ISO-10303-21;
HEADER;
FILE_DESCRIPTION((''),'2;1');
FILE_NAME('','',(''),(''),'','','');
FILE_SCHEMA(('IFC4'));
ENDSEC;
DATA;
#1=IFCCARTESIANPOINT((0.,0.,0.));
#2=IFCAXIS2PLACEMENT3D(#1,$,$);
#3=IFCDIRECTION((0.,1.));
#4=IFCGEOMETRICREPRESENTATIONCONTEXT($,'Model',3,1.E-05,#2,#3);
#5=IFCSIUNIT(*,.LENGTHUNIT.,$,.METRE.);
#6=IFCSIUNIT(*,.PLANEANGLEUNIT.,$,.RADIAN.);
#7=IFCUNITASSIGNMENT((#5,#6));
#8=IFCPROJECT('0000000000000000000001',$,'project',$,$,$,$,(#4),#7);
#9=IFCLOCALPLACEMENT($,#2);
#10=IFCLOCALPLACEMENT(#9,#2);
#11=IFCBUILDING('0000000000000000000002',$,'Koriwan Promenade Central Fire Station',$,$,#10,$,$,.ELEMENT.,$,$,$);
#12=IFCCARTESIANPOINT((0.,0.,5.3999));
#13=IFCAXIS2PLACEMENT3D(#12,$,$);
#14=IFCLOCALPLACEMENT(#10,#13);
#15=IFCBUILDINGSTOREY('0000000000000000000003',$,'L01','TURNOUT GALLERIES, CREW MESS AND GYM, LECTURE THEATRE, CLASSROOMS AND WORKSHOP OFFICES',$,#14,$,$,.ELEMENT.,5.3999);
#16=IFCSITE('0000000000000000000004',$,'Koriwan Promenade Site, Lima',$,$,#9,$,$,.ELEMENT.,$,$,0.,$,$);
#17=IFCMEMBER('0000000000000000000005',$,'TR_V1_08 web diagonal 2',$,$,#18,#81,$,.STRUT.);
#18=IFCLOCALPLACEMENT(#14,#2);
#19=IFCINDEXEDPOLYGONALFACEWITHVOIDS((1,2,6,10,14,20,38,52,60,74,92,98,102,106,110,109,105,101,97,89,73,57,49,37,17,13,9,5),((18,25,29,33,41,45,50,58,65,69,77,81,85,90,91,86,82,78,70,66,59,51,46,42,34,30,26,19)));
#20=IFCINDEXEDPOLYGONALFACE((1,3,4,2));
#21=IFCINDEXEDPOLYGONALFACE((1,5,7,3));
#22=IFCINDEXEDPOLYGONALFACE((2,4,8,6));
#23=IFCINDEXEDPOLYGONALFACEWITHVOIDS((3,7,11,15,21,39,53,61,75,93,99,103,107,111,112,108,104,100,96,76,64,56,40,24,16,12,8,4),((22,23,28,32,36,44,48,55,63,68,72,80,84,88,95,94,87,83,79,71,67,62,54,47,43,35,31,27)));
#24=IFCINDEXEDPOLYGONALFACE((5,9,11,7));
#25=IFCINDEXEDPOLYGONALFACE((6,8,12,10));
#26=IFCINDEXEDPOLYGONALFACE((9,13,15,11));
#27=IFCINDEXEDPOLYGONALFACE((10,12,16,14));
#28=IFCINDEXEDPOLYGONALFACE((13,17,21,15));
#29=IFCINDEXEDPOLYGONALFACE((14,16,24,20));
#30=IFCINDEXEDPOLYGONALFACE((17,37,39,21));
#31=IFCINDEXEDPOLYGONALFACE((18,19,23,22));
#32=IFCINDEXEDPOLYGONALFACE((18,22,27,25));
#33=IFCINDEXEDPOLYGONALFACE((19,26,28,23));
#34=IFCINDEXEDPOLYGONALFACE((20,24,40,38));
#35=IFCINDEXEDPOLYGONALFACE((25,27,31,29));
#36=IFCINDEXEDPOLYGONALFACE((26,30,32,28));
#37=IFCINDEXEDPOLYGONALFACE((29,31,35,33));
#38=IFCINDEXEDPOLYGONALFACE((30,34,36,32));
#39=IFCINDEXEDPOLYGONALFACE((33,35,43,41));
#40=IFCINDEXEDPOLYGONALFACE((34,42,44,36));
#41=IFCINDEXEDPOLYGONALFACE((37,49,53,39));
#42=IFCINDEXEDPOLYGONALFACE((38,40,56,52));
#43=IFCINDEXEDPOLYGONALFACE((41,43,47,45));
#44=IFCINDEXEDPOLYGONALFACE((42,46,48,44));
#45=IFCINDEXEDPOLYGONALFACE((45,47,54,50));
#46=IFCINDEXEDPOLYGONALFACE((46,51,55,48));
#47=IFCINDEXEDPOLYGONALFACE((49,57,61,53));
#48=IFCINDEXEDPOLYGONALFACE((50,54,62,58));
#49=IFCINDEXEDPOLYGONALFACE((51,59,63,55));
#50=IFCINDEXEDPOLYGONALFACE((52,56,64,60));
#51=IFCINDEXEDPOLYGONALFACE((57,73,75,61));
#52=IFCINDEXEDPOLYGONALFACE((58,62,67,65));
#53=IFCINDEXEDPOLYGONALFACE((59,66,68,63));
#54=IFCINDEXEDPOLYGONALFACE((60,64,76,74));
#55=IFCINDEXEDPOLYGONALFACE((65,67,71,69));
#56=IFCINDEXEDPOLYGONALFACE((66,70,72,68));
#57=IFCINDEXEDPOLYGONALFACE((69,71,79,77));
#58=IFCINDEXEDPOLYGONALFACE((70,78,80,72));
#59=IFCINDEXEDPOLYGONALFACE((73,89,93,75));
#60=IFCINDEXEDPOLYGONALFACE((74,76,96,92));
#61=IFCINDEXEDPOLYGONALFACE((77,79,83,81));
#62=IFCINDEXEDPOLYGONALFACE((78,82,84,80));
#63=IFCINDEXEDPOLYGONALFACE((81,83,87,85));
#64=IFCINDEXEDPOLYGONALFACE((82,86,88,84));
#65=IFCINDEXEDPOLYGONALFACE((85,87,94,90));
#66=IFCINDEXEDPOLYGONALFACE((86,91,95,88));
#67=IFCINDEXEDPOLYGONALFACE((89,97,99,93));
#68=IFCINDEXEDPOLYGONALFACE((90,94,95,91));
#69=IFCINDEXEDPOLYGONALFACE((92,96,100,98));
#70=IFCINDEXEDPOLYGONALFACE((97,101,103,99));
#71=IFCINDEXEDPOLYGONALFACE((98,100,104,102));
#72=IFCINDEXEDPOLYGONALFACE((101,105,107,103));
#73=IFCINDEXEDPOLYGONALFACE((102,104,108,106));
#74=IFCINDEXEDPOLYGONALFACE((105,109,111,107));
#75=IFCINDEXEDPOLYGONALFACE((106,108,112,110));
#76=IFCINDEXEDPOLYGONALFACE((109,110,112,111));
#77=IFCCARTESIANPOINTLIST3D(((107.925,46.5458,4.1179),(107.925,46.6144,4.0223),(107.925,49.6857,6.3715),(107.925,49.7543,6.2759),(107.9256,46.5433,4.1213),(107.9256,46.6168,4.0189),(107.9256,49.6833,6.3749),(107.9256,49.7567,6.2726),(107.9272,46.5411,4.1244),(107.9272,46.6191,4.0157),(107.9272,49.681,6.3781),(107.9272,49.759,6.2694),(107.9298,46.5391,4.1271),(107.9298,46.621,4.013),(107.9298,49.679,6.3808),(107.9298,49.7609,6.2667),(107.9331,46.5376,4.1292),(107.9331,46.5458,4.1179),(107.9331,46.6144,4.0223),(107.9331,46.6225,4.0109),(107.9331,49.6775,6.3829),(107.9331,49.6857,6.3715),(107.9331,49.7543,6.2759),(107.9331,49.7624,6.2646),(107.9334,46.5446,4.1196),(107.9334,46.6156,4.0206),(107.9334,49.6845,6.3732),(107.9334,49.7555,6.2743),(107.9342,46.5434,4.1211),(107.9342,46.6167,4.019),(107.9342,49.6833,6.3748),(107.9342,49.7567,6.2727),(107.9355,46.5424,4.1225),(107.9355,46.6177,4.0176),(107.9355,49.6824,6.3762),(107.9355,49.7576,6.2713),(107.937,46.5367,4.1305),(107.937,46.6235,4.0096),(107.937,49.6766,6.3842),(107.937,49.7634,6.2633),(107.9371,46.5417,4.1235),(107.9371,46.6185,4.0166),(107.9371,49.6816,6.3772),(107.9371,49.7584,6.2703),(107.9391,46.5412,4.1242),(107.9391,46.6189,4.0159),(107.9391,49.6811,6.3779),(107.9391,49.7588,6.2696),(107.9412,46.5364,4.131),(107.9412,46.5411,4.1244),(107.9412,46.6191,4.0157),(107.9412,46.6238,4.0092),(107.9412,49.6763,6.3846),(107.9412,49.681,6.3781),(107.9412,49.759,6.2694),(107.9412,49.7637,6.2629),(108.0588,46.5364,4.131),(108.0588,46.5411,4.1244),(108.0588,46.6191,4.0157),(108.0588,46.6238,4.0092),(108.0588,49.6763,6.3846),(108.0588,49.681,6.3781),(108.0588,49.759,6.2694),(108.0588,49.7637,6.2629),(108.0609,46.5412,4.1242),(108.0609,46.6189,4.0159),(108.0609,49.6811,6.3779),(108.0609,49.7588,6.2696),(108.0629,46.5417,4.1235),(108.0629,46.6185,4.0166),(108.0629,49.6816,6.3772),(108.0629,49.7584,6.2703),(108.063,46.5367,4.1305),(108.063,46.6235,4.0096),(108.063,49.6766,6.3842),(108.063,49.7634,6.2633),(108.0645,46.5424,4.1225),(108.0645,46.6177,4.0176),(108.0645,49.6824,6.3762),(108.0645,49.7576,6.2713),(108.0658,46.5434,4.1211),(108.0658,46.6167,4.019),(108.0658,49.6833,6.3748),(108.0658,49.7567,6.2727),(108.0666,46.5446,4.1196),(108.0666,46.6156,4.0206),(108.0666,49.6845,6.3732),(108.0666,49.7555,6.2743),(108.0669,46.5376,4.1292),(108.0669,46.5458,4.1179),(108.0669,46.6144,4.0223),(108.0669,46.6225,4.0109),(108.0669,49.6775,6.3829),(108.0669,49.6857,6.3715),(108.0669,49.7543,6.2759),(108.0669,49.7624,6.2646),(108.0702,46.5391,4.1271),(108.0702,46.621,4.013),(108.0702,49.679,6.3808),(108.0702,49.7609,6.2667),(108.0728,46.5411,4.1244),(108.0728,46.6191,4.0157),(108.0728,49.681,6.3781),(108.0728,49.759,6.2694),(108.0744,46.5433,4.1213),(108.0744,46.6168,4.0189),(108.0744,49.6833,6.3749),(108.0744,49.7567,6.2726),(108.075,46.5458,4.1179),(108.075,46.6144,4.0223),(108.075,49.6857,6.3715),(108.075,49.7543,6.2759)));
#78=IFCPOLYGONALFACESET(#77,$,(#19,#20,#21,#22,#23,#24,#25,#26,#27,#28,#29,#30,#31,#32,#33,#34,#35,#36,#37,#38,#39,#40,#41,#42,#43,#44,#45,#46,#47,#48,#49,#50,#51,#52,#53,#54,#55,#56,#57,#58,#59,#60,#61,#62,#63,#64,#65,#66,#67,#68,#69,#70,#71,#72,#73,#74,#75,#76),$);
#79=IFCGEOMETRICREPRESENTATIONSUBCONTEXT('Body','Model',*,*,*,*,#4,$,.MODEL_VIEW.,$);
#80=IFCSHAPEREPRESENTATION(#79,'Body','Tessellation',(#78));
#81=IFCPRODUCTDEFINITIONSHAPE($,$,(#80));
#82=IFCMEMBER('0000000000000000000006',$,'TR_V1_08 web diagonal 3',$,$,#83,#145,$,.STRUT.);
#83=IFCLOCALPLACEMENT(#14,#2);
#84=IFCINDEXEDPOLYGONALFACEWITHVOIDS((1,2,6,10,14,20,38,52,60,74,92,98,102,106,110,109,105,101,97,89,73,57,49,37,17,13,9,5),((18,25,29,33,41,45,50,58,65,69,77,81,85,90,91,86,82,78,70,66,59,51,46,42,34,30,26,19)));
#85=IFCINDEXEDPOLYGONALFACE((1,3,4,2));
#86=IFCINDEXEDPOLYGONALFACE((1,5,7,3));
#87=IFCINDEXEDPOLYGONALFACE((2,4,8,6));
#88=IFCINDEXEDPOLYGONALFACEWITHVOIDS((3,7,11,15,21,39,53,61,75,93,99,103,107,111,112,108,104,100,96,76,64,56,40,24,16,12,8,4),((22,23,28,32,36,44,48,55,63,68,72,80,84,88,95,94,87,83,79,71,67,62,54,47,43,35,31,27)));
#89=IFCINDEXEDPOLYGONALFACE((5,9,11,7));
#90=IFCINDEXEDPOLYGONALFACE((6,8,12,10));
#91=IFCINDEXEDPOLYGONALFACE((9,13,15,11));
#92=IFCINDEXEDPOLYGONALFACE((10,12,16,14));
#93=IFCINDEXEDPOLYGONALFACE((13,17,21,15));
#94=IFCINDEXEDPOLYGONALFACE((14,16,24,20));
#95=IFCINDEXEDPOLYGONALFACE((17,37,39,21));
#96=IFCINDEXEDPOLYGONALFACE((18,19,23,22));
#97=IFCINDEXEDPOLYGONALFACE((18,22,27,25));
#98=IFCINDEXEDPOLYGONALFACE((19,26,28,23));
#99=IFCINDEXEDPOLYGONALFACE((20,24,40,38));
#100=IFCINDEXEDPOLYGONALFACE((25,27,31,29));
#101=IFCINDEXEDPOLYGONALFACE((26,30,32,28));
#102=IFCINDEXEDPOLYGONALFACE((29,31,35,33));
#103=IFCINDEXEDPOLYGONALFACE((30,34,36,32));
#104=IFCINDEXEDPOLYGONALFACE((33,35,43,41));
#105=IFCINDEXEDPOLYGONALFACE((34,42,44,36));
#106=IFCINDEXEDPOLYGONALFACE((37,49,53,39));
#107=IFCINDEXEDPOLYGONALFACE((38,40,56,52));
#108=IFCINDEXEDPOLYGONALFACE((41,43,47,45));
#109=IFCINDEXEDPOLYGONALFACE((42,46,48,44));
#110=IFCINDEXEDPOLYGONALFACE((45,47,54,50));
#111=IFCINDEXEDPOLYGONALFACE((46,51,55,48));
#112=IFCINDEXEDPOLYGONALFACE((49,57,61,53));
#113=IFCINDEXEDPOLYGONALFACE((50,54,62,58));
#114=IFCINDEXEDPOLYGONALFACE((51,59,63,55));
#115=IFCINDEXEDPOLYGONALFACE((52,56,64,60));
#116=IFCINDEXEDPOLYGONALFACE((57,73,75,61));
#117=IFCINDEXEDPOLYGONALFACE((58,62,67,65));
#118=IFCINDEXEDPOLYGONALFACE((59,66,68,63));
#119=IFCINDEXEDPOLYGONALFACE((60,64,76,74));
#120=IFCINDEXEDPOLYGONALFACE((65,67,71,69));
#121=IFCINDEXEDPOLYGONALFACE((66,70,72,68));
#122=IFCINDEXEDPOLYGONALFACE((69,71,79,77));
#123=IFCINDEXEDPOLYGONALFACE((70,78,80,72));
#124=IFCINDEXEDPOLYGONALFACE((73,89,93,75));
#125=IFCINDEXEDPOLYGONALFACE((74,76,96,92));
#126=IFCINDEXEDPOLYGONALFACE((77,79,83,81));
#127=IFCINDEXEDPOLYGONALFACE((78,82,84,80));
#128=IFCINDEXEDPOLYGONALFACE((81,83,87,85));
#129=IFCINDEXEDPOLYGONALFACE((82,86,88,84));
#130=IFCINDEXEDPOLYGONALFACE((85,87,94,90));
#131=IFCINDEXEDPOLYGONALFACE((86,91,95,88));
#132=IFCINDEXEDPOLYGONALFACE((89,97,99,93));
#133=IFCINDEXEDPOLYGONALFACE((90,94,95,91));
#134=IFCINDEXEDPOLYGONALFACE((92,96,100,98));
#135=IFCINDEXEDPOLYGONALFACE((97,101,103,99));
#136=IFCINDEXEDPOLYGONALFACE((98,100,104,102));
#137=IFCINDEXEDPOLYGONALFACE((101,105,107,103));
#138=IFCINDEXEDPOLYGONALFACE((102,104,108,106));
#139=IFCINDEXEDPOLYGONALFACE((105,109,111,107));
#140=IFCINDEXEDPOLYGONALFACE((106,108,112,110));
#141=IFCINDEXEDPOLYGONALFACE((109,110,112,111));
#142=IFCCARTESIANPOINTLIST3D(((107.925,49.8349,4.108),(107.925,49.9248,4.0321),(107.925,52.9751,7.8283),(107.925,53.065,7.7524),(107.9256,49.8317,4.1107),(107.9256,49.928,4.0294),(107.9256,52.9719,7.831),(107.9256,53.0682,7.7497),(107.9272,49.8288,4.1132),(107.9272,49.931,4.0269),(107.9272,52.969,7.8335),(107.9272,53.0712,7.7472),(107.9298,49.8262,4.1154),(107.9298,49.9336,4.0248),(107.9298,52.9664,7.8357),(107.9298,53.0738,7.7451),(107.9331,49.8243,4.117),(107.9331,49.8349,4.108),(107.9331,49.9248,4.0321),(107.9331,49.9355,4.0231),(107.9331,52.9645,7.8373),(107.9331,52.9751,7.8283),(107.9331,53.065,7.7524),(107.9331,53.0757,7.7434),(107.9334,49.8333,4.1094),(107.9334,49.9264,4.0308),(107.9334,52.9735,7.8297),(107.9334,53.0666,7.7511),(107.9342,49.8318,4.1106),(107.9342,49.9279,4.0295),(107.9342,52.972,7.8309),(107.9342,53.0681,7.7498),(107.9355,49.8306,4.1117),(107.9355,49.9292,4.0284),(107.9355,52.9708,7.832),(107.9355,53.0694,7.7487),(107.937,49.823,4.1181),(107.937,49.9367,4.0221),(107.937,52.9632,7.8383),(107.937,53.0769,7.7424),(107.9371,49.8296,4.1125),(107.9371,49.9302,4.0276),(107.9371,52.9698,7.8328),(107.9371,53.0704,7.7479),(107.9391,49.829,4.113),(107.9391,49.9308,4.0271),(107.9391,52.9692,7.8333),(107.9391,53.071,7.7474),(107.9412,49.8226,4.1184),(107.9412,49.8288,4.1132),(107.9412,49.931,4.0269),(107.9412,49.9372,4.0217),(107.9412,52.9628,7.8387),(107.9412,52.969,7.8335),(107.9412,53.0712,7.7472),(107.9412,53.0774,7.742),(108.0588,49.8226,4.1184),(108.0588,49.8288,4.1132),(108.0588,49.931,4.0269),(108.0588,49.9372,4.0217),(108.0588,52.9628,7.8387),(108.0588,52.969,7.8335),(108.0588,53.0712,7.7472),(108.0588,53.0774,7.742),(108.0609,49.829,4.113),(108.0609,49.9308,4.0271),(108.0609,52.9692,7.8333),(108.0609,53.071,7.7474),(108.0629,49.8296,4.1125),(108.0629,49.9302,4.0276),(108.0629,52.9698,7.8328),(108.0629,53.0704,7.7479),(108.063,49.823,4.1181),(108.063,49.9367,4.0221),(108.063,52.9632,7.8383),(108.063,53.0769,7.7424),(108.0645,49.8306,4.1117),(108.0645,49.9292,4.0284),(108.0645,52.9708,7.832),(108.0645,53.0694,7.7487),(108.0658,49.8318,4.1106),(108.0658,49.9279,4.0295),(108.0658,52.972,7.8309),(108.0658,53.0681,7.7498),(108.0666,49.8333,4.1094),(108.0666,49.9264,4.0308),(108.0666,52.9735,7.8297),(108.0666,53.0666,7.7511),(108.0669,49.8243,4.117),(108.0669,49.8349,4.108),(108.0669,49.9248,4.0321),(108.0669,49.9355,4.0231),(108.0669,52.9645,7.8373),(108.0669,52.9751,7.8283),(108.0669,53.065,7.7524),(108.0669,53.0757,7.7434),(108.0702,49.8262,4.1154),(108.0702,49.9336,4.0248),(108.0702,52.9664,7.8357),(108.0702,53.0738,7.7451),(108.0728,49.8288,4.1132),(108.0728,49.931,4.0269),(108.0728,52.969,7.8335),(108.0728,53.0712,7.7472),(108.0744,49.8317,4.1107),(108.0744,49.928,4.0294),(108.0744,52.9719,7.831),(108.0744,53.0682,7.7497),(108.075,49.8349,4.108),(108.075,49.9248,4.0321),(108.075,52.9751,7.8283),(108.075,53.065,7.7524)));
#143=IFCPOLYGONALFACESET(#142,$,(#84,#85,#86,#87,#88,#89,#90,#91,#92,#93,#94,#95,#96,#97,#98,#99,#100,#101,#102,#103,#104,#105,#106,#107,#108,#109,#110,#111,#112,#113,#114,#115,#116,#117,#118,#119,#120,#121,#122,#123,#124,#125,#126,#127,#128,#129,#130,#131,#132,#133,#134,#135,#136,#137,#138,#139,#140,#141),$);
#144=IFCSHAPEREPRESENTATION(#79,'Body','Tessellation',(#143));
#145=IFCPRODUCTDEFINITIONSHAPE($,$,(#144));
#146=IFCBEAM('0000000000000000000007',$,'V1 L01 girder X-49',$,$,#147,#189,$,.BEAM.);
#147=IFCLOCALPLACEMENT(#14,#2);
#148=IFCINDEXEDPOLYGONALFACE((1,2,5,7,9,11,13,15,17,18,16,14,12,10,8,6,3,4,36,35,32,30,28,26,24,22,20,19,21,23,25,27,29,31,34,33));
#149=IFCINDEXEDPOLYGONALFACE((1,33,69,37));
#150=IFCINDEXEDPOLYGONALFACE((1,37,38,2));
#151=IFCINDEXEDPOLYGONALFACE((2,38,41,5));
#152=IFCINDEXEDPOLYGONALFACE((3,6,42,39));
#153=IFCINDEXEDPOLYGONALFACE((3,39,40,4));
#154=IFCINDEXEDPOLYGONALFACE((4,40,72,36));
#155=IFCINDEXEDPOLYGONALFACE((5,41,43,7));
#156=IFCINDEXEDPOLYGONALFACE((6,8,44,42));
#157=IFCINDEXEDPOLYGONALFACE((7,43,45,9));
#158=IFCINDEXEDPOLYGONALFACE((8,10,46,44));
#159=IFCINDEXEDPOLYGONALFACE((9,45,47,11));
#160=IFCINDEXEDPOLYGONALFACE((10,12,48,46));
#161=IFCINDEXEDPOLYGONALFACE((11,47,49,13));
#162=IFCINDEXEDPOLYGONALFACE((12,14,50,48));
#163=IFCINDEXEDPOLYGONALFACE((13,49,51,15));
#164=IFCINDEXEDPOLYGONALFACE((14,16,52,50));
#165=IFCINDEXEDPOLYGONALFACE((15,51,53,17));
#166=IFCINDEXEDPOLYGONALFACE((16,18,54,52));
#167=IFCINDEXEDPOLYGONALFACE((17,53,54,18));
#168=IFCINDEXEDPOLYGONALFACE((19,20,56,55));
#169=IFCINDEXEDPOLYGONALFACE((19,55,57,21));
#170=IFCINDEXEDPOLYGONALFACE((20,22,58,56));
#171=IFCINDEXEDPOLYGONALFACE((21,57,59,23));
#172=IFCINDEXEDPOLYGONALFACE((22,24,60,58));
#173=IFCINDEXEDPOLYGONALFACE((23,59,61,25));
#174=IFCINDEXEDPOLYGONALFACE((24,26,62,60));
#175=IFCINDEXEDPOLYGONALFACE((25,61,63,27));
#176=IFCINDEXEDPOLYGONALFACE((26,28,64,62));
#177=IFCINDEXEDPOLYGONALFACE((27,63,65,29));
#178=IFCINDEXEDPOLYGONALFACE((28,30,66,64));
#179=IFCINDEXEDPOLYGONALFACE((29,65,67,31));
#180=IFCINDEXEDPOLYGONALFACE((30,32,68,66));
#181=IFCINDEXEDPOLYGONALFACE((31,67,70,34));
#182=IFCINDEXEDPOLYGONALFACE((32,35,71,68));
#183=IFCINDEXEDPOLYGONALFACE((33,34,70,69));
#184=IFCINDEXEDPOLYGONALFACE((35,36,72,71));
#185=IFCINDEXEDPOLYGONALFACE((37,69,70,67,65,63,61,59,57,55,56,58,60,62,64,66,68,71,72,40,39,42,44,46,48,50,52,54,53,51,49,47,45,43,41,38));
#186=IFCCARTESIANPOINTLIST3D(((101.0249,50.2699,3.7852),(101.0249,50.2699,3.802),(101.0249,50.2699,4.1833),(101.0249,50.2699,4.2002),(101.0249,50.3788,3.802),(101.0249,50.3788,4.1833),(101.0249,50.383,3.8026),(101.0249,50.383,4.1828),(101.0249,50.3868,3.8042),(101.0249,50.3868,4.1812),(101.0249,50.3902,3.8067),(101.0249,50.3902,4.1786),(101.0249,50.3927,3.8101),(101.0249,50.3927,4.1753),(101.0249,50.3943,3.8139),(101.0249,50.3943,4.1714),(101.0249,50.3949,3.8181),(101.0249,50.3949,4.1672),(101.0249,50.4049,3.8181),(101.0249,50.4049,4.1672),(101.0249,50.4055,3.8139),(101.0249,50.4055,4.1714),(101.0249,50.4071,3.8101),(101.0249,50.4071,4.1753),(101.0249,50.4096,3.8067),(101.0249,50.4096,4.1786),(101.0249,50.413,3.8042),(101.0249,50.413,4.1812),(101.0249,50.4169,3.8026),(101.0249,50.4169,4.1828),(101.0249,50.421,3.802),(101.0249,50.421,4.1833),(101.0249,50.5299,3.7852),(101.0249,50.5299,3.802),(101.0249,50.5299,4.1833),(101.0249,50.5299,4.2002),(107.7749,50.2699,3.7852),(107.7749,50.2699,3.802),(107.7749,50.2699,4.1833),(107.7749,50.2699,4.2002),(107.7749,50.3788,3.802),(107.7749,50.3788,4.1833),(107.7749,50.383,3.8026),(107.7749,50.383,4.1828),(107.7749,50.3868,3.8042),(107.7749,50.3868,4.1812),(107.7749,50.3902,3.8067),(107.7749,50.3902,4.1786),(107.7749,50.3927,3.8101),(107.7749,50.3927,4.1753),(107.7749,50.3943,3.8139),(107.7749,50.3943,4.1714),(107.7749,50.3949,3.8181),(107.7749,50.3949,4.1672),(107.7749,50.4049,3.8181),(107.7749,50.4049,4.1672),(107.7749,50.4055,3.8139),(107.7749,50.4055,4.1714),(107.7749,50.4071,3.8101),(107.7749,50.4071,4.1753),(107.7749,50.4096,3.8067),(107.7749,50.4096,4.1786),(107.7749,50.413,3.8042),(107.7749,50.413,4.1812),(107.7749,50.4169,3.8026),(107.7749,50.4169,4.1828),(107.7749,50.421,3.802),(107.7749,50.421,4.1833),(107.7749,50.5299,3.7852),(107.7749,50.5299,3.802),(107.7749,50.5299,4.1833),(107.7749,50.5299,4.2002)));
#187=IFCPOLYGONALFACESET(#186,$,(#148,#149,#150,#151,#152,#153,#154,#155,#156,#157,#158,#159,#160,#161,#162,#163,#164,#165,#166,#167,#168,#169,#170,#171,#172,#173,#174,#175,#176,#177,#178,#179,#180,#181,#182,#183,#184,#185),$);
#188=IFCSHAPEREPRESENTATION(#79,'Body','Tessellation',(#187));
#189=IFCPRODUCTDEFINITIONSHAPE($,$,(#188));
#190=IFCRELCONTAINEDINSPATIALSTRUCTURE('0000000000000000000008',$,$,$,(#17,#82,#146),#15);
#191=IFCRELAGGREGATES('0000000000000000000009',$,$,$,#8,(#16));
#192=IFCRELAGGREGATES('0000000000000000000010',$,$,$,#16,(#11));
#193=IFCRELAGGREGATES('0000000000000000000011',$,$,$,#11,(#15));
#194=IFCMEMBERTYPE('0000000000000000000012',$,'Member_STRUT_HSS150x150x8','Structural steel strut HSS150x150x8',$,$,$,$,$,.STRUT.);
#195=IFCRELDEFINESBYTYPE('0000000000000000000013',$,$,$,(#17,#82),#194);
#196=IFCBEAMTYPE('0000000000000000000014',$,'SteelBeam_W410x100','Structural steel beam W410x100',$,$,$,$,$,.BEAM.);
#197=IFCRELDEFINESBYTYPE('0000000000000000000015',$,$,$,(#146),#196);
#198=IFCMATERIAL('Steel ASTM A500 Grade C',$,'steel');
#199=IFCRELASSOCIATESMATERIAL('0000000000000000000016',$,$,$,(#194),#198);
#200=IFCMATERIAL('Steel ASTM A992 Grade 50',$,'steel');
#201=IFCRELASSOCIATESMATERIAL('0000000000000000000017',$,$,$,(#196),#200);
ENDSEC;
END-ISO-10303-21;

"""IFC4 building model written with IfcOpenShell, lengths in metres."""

from ifc_helpers import new_model, si_unit, direction, frame, origin, origin_2d, place, context, subcontext, project, spatial, hollow_rectangle, i_section, extrude, material, material_profile, profile_set, type_object, element, save


model = new_model("IFC4")

# Units and contexts
model_context = context("Model", 3, precision=1e-05, world=origin(), true_north=direction((0.0, 1.0)))
body_context = subcontext(model_context, "Body", "Model", "MODEL_VIEW")
ifc_project = project(units=[si_unit("LENGTHUNIT", "METRE"), si_unit("PLANEANGLEUNIT", "RADIAN")], contexts=[model_context])

# Site, building, storey
site_placement = place(None, origin())
site = spatial("IfcSite", under=ifc_project, at=site_placement, Name="Koriwan Promenade Site, Lima", CompositionType="ELEMENT", RefElevation=0.0)
building_placement = place(site_placement, origin())
building = spatial("IfcBuilding", under=site, at=building_placement, Name="Koriwan Promenade Central Fire Station", CompositionType="ELEMENT")
storey_placement = place(building_placement, frame((0.0, 0.0, 5.3999)))
storey = spatial("IfcBuildingStorey", under=building, at=storey_placement, Name="L01", Description="TURNOUT GALLERIES, CREW MESS AND GYM, LECTURE THEATRE, CLASSROOMS AND WORKSHOP OFFICES", CompositionType="ELEMENT", Elevation=5.3999)

# Members
ifc_material_1 = material(Name="Steel ASTM A500 Grade C", Category="steel")
ifc_material_profile_1 = material_profile(ifc_material_1, hollow_rectangle(XDim=0.1499, YDim=0.1499, WallThickness=0.0081, InnerFilletRadius=0.0081, OuterFilletRadius=0.0161, at=origin_2d()), Name="HSS150x150x8")
ifc_profile_set_1 = profile_set([ifc_material_profile_1], Name="Steel ASTM A500 Grade C")
member_type = type_object("IfcMemberType", Name="Member_STRUT_HSS150x150x8", Description="Structural steel strut HSS150x150x8", PredefinedType="STRUT", material=ifc_profile_set_1)
member_1_placement = place(storey_placement, frame((108.0, 46.5801, 4.0701), z_axis=(0.0, 0.8124, 0.583101), x_axis=(-1.0, 0.0, 0.0)))
element("IfcMember", 1, at=member_1_placement, inside=storey, type_object=member_type, Name="TR_V1_08 web diagonal 2", PredefinedType="STRUT", context=body_context, shape_type="SweptSolid", body=[
    extrude(hollow_rectangle(XDim=0.1499, YDim=0.1499, WallThickness=0.0081, InnerFilletRadius=0.0081, OuterFilletRadius=0.0161, at=origin_2d()), origin(), (0.0, 0.0, 1.0), 3.865),
])
member_2_placement = place(storey_placement, frame((108.0, 49.8799, 4.0701), z_axis=(0.0, 0.645016, 0.764169), x_axis=(-1.0, 0.0, 0.0)))
element("IfcMember", 2, at=member_2_placement, inside=storey, type_object=member_type, Name="TR_V1_08 web diagonal 3", PredefinedType="STRUT", context=body_context, shape_type="SweptSolid", body=[
    extrude(hollow_rectangle(XDim=0.1499, YDim=0.1499, WallThickness=0.0081, InnerFilletRadius=0.0081, OuterFilletRadius=0.0161, at=origin_2d()), origin(), (0.0, 0.0, 1.0), 4.8684),
])

# Beam
ifc_material_2 = material(Name="Steel ASTM A992 Grade 50", Category="steel")
ifc_material_profile_2 = material_profile(ifc_material_2, i_section(OverallWidth=0.26, OverallDepth=0.415, WebThickness=0.01, FlangeThickness=0.0168, FilletRadius=0.0161, at=origin_2d()), Name="W410x100")
ifc_profile_set_2 = profile_set([ifc_material_profile_2], Name="Steel ASTM A992 Grade 50")
beam_type_1 = type_object("IfcBeamType", Name="SteelBeam_W410x100", Description="Structural steel beam W410x100", PredefinedType="BEAM", material=ifc_profile_set_2)
beam_placement = place(storey_placement, frame((101.0249, 50.3999, 3.9927), z_axis=(1.0, 0.0, 0.0), x_axis=(0.0, 1.0, 0.0)))
element("IfcBeam", 3, at=beam_placement, inside=storey, type_object=beam_type_1, Name="V1 L01 girder X-49", PredefinedType="BEAM", context=body_context, shape_type="SweptSolid", body=[
    extrude(i_section(OverallWidth=0.26, OverallDepth=0.415, WebThickness=0.01, FlangeThickness=0.0168, FilletRadius=0.0161, at=origin_2d()), origin(), (0.0, 0.0, 1.0), 6.75),
])

save(model, "model.ifc")
